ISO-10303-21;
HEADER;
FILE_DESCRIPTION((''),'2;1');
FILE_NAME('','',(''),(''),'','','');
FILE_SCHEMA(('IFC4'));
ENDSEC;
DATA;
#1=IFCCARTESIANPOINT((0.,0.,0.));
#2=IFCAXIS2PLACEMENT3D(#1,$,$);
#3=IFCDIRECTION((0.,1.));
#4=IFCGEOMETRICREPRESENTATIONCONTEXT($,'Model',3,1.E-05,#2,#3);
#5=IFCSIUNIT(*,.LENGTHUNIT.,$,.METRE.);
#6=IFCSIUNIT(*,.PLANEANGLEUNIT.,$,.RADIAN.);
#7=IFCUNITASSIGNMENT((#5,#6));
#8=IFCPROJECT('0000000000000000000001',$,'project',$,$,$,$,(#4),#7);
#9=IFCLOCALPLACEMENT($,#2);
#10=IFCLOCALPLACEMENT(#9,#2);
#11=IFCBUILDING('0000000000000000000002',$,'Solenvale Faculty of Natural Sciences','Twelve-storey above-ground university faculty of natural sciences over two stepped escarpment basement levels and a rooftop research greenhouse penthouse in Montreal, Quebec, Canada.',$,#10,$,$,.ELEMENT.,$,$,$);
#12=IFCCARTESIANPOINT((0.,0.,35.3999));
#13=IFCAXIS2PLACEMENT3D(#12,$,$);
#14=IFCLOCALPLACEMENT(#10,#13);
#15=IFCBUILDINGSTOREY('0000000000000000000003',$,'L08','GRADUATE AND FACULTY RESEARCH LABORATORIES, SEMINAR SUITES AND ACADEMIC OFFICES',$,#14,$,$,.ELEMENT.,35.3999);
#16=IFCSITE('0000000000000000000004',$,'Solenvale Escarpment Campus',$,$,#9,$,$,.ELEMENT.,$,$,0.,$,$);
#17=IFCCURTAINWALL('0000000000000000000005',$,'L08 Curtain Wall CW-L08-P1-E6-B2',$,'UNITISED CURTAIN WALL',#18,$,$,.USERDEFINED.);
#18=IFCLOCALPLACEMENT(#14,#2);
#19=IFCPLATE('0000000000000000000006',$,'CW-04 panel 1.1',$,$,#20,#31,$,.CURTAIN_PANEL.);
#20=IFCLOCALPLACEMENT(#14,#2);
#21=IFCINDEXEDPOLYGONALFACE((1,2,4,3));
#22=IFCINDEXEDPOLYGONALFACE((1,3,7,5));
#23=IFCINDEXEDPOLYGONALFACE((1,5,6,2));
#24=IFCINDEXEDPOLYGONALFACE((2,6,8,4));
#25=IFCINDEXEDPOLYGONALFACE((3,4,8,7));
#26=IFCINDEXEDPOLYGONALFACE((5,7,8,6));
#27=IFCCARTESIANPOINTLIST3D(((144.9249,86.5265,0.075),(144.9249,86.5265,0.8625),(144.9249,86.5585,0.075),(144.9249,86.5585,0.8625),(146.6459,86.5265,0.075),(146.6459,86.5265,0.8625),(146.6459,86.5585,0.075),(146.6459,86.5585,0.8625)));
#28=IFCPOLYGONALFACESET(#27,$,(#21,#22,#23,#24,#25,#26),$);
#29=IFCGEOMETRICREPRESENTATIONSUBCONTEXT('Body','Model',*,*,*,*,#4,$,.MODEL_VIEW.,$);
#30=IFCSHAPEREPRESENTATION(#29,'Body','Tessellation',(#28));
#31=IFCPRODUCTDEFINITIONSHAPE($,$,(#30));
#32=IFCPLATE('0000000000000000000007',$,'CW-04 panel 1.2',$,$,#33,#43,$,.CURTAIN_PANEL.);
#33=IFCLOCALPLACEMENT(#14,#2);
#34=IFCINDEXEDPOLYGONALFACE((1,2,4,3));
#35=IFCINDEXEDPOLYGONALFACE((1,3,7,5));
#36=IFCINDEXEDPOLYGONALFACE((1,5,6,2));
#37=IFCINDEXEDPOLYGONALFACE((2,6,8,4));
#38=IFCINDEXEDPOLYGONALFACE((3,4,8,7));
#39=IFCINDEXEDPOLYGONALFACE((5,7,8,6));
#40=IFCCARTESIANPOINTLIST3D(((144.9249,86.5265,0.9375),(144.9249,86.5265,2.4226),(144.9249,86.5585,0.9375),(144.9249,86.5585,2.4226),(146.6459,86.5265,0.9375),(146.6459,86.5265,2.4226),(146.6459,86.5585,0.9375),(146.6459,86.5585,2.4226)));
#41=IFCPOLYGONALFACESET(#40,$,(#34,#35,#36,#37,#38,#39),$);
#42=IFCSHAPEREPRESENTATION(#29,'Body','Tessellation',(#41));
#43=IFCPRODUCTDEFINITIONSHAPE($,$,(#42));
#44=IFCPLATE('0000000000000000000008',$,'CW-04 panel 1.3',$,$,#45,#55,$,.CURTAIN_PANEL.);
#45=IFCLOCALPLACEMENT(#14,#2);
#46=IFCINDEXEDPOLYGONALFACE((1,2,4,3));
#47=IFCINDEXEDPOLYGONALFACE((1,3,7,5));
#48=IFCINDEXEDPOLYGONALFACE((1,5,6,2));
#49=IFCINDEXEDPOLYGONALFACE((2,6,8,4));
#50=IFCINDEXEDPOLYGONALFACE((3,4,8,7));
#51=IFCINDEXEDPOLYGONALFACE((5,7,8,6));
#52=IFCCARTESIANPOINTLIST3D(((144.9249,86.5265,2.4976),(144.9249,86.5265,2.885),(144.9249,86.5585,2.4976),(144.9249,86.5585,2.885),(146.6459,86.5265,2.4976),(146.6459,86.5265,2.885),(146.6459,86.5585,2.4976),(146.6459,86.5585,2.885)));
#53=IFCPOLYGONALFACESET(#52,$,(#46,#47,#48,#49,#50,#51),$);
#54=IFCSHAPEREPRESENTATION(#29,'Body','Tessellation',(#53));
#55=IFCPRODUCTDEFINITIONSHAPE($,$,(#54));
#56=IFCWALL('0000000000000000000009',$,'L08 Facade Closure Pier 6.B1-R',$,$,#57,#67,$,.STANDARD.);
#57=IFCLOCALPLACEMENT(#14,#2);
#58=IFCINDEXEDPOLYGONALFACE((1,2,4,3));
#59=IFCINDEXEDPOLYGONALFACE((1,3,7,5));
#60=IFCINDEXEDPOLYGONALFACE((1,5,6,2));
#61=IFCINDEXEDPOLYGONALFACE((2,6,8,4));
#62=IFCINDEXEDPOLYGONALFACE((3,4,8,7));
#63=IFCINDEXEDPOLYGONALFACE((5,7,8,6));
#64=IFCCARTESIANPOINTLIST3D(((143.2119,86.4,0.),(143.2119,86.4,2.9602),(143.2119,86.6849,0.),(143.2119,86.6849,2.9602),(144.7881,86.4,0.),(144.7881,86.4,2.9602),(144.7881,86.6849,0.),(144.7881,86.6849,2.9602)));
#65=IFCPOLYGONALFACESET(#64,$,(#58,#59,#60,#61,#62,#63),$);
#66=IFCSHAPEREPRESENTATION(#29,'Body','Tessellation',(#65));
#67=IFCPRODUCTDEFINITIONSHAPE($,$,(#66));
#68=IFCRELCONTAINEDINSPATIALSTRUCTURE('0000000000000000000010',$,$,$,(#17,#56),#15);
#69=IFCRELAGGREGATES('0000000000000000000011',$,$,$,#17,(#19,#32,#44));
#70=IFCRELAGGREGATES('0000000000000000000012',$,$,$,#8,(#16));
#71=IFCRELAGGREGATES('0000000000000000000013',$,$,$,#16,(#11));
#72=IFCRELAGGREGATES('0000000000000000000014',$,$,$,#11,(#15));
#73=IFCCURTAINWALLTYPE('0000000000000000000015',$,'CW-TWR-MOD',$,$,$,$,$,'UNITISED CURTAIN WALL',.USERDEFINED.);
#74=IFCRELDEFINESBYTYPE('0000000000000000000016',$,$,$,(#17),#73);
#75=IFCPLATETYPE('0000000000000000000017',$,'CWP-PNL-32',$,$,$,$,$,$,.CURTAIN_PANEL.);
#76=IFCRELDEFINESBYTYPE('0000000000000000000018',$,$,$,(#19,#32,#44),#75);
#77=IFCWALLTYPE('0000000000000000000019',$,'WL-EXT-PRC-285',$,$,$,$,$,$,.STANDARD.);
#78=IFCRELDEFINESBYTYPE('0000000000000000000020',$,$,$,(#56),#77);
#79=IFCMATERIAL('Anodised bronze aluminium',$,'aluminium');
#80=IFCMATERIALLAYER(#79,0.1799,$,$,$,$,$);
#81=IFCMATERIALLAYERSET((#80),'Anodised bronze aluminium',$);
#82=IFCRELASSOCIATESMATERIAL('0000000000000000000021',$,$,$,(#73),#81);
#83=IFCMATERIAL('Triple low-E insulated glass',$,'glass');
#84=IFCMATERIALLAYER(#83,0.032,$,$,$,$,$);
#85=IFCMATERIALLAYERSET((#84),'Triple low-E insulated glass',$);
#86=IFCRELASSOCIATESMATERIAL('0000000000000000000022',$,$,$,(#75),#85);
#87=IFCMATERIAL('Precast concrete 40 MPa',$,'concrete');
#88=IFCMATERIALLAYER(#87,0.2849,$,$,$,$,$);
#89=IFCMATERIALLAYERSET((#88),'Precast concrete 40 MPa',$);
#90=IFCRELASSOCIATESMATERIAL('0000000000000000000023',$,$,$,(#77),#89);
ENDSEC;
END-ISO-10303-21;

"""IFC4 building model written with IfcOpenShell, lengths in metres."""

from ifc_helpers import new_model, si_unit, direction, frame, frame_2d, origin, origin_2d, place, context, subcontext, project, spatial, rectangle, extrude, material, layer, layer_set, type_object, element, aggregate, save


model = new_model("IFC4")

# Units and contexts
model_context = context("Model", 3, precision=1e-05, world=origin(), true_north=direction((0.0, 1.0)))
body_context = subcontext(model_context, "Body", "Model", "MODEL_VIEW")
ifc_project = project(units=[si_unit("LENGTHUNIT", "METRE"), si_unit("PLANEANGLEUNIT", "RADIAN")], contexts=[model_context])

# Site, building, storey
site_placement = place(None, origin())
site = spatial("IfcSite", under=ifc_project, at=site_placement, Name="Solenvale Escarpment Campus", CompositionType="ELEMENT", RefElevation=0.0)
building_placement = place(site_placement, origin())
building = spatial("IfcBuilding", under=site, at=building_placement, Name="Solenvale Faculty of Natural Sciences", Description="Twelve-storey above-ground university faculty of natural sciences over two stepped escarpment basement levels and a rooftop research greenhouse penthouse in Montreal, Quebec, Canada.", CompositionType="ELEMENT")
storey_placement = place(building_placement, frame((0.0, 0.0, 35.3999)))
storey = spatial("IfcBuildingStorey", under=building, at=storey_placement, Name="L08", Description="GRADUATE AND FACULTY RESEARCH LABORATORIES, SEMINAR SUITES AND ACADEMIC OFFICES", CompositionType="ELEMENT", Elevation=35.3999)

# Curtain wall
ifc_material_1 = material(Name="Anodised bronze aluminium", Category="aluminium")
ifc_layer_1 = layer(ifc_material_1, 0.1799)
ifc_layer_set_1 = layer_set([ifc_layer_1], Name="Anodised bronze aluminium")
curtain_wall_type = type_object("IfcCurtainWallType", Name="CW-TWR-MOD", ElementType="UNITISED CURTAIN WALL", PredefinedType="USERDEFINED", material=ifc_layer_set_1)
curtain_wall_1_placement = place(storey_placement, origin())
curtain_wall_1 = element("IfcCurtainWall", 1, at=curtain_wall_1_placement, inside=storey, type_object=curtain_wall_type, Name="L08 Curtain Wall CW-L08-P1-E6-B2", ObjectType="UNITISED CURTAIN WALL", PredefinedType="USERDEFINED")

# Plates
ifc_material_2 = material(Name="Triple low-E insulated glass", Category="glass")
ifc_layer_2 = layer(ifc_material_2, 0.032)
ifc_layer_set_2 = layer_set([ifc_layer_2], Name="Triple low-E insulated glass")
plate_type_1 = type_object("IfcPlateType", Name="CWP-PNL-32", PredefinedType="CURTAIN_PANEL", material=ifc_layer_set_2)
plate_1_placement = place(storey_placement, frame((145.7854, 86.5425, 0.075), z_axis=(0.0, 0.0, 1.0), x_axis=(1.0, 0.0, 0.0)))
plate_1 = element("IfcPlate", 2, at=plate_1_placement, type_object=plate_type_1, Name="CW-04 panel 1.1", PredefinedType="CURTAIN_PANEL", context=body_context, shape_type="SweptSolid", body=[
    extrude(rectangle(XDim=1.7209, YDim=0.032, at=origin_2d()), origin(), (0.0, 0.0, 1.0), 0.7876),
])
plate_2_placement = place(storey_placement, frame((145.7854, 86.5425, 0.9375), z_axis=(0.0, 0.0, 1.0), x_axis=(1.0, 0.0, 0.0)))
plate_2 = element("IfcPlate", 3, at=plate_2_placement, type_object=plate_type_1, Name="CW-04 panel 1.2", PredefinedType="CURTAIN_PANEL", context=body_context, shape_type="SweptSolid", body=[
    extrude(rectangle(XDim=1.7209, YDim=0.032, at=origin_2d()), origin(), (0.0, 0.0, 1.0), 1.4851),
])
plate_3_placement = place(storey_placement, frame((145.7854, 86.5425, 2.4976), z_axis=(0.0, 0.0, 1.0), x_axis=(1.0, 0.0, 0.0)))
plate_3 = element("IfcPlate", 4, at=plate_3_placement, type_object=plate_type_1, Name="CW-04 panel 1.3", PredefinedType="CURTAIN_PANEL", context=body_context, shape_type="SweptSolid", body=[
    extrude(rectangle(XDim=1.7209, YDim=0.032, at=origin_2d()), origin(), (0.0, 0.0, 1.0), 0.3875),
])
aggregate(curtain_wall_1, [plate_1, plate_2, plate_3])

# Wall
ifc_material_3 = material(Name="Precast concrete 40 MPa", Category="concrete")
ifc_layer_3 = layer(ifc_material_3, 0.2849)
ifc_layer_set_3 = layer_set([ifc_layer_3], Name="Precast concrete 40 MPa")
wall_type = type_object("IfcWallType", Name="WL-EXT-PRC-285", PredefinedType="STANDARD", material=ifc_layer_set_3)
wall_placement = place(storey_placement, frame((143.2119, 86.5425, 0.0), z_axis=(0.0, 0.0, 1.0), x_axis=(1.0, 0.0, 0.0)))
element("IfcWall", 5, at=wall_placement, inside=storey, type_object=wall_type, Name="L08 Facade Closure Pier 6.B1-R", PredefinedType="STANDARD", context=body_context, shape_type="SweptSolid", body=[
    extrude(rectangle(XDim=1.5762, YDim=0.2849, at=frame_2d((0.7881, 0.0))), origin(), (0.0, 0.0, 1.0), 2.9602),
])

save(model, "model.ifc")
